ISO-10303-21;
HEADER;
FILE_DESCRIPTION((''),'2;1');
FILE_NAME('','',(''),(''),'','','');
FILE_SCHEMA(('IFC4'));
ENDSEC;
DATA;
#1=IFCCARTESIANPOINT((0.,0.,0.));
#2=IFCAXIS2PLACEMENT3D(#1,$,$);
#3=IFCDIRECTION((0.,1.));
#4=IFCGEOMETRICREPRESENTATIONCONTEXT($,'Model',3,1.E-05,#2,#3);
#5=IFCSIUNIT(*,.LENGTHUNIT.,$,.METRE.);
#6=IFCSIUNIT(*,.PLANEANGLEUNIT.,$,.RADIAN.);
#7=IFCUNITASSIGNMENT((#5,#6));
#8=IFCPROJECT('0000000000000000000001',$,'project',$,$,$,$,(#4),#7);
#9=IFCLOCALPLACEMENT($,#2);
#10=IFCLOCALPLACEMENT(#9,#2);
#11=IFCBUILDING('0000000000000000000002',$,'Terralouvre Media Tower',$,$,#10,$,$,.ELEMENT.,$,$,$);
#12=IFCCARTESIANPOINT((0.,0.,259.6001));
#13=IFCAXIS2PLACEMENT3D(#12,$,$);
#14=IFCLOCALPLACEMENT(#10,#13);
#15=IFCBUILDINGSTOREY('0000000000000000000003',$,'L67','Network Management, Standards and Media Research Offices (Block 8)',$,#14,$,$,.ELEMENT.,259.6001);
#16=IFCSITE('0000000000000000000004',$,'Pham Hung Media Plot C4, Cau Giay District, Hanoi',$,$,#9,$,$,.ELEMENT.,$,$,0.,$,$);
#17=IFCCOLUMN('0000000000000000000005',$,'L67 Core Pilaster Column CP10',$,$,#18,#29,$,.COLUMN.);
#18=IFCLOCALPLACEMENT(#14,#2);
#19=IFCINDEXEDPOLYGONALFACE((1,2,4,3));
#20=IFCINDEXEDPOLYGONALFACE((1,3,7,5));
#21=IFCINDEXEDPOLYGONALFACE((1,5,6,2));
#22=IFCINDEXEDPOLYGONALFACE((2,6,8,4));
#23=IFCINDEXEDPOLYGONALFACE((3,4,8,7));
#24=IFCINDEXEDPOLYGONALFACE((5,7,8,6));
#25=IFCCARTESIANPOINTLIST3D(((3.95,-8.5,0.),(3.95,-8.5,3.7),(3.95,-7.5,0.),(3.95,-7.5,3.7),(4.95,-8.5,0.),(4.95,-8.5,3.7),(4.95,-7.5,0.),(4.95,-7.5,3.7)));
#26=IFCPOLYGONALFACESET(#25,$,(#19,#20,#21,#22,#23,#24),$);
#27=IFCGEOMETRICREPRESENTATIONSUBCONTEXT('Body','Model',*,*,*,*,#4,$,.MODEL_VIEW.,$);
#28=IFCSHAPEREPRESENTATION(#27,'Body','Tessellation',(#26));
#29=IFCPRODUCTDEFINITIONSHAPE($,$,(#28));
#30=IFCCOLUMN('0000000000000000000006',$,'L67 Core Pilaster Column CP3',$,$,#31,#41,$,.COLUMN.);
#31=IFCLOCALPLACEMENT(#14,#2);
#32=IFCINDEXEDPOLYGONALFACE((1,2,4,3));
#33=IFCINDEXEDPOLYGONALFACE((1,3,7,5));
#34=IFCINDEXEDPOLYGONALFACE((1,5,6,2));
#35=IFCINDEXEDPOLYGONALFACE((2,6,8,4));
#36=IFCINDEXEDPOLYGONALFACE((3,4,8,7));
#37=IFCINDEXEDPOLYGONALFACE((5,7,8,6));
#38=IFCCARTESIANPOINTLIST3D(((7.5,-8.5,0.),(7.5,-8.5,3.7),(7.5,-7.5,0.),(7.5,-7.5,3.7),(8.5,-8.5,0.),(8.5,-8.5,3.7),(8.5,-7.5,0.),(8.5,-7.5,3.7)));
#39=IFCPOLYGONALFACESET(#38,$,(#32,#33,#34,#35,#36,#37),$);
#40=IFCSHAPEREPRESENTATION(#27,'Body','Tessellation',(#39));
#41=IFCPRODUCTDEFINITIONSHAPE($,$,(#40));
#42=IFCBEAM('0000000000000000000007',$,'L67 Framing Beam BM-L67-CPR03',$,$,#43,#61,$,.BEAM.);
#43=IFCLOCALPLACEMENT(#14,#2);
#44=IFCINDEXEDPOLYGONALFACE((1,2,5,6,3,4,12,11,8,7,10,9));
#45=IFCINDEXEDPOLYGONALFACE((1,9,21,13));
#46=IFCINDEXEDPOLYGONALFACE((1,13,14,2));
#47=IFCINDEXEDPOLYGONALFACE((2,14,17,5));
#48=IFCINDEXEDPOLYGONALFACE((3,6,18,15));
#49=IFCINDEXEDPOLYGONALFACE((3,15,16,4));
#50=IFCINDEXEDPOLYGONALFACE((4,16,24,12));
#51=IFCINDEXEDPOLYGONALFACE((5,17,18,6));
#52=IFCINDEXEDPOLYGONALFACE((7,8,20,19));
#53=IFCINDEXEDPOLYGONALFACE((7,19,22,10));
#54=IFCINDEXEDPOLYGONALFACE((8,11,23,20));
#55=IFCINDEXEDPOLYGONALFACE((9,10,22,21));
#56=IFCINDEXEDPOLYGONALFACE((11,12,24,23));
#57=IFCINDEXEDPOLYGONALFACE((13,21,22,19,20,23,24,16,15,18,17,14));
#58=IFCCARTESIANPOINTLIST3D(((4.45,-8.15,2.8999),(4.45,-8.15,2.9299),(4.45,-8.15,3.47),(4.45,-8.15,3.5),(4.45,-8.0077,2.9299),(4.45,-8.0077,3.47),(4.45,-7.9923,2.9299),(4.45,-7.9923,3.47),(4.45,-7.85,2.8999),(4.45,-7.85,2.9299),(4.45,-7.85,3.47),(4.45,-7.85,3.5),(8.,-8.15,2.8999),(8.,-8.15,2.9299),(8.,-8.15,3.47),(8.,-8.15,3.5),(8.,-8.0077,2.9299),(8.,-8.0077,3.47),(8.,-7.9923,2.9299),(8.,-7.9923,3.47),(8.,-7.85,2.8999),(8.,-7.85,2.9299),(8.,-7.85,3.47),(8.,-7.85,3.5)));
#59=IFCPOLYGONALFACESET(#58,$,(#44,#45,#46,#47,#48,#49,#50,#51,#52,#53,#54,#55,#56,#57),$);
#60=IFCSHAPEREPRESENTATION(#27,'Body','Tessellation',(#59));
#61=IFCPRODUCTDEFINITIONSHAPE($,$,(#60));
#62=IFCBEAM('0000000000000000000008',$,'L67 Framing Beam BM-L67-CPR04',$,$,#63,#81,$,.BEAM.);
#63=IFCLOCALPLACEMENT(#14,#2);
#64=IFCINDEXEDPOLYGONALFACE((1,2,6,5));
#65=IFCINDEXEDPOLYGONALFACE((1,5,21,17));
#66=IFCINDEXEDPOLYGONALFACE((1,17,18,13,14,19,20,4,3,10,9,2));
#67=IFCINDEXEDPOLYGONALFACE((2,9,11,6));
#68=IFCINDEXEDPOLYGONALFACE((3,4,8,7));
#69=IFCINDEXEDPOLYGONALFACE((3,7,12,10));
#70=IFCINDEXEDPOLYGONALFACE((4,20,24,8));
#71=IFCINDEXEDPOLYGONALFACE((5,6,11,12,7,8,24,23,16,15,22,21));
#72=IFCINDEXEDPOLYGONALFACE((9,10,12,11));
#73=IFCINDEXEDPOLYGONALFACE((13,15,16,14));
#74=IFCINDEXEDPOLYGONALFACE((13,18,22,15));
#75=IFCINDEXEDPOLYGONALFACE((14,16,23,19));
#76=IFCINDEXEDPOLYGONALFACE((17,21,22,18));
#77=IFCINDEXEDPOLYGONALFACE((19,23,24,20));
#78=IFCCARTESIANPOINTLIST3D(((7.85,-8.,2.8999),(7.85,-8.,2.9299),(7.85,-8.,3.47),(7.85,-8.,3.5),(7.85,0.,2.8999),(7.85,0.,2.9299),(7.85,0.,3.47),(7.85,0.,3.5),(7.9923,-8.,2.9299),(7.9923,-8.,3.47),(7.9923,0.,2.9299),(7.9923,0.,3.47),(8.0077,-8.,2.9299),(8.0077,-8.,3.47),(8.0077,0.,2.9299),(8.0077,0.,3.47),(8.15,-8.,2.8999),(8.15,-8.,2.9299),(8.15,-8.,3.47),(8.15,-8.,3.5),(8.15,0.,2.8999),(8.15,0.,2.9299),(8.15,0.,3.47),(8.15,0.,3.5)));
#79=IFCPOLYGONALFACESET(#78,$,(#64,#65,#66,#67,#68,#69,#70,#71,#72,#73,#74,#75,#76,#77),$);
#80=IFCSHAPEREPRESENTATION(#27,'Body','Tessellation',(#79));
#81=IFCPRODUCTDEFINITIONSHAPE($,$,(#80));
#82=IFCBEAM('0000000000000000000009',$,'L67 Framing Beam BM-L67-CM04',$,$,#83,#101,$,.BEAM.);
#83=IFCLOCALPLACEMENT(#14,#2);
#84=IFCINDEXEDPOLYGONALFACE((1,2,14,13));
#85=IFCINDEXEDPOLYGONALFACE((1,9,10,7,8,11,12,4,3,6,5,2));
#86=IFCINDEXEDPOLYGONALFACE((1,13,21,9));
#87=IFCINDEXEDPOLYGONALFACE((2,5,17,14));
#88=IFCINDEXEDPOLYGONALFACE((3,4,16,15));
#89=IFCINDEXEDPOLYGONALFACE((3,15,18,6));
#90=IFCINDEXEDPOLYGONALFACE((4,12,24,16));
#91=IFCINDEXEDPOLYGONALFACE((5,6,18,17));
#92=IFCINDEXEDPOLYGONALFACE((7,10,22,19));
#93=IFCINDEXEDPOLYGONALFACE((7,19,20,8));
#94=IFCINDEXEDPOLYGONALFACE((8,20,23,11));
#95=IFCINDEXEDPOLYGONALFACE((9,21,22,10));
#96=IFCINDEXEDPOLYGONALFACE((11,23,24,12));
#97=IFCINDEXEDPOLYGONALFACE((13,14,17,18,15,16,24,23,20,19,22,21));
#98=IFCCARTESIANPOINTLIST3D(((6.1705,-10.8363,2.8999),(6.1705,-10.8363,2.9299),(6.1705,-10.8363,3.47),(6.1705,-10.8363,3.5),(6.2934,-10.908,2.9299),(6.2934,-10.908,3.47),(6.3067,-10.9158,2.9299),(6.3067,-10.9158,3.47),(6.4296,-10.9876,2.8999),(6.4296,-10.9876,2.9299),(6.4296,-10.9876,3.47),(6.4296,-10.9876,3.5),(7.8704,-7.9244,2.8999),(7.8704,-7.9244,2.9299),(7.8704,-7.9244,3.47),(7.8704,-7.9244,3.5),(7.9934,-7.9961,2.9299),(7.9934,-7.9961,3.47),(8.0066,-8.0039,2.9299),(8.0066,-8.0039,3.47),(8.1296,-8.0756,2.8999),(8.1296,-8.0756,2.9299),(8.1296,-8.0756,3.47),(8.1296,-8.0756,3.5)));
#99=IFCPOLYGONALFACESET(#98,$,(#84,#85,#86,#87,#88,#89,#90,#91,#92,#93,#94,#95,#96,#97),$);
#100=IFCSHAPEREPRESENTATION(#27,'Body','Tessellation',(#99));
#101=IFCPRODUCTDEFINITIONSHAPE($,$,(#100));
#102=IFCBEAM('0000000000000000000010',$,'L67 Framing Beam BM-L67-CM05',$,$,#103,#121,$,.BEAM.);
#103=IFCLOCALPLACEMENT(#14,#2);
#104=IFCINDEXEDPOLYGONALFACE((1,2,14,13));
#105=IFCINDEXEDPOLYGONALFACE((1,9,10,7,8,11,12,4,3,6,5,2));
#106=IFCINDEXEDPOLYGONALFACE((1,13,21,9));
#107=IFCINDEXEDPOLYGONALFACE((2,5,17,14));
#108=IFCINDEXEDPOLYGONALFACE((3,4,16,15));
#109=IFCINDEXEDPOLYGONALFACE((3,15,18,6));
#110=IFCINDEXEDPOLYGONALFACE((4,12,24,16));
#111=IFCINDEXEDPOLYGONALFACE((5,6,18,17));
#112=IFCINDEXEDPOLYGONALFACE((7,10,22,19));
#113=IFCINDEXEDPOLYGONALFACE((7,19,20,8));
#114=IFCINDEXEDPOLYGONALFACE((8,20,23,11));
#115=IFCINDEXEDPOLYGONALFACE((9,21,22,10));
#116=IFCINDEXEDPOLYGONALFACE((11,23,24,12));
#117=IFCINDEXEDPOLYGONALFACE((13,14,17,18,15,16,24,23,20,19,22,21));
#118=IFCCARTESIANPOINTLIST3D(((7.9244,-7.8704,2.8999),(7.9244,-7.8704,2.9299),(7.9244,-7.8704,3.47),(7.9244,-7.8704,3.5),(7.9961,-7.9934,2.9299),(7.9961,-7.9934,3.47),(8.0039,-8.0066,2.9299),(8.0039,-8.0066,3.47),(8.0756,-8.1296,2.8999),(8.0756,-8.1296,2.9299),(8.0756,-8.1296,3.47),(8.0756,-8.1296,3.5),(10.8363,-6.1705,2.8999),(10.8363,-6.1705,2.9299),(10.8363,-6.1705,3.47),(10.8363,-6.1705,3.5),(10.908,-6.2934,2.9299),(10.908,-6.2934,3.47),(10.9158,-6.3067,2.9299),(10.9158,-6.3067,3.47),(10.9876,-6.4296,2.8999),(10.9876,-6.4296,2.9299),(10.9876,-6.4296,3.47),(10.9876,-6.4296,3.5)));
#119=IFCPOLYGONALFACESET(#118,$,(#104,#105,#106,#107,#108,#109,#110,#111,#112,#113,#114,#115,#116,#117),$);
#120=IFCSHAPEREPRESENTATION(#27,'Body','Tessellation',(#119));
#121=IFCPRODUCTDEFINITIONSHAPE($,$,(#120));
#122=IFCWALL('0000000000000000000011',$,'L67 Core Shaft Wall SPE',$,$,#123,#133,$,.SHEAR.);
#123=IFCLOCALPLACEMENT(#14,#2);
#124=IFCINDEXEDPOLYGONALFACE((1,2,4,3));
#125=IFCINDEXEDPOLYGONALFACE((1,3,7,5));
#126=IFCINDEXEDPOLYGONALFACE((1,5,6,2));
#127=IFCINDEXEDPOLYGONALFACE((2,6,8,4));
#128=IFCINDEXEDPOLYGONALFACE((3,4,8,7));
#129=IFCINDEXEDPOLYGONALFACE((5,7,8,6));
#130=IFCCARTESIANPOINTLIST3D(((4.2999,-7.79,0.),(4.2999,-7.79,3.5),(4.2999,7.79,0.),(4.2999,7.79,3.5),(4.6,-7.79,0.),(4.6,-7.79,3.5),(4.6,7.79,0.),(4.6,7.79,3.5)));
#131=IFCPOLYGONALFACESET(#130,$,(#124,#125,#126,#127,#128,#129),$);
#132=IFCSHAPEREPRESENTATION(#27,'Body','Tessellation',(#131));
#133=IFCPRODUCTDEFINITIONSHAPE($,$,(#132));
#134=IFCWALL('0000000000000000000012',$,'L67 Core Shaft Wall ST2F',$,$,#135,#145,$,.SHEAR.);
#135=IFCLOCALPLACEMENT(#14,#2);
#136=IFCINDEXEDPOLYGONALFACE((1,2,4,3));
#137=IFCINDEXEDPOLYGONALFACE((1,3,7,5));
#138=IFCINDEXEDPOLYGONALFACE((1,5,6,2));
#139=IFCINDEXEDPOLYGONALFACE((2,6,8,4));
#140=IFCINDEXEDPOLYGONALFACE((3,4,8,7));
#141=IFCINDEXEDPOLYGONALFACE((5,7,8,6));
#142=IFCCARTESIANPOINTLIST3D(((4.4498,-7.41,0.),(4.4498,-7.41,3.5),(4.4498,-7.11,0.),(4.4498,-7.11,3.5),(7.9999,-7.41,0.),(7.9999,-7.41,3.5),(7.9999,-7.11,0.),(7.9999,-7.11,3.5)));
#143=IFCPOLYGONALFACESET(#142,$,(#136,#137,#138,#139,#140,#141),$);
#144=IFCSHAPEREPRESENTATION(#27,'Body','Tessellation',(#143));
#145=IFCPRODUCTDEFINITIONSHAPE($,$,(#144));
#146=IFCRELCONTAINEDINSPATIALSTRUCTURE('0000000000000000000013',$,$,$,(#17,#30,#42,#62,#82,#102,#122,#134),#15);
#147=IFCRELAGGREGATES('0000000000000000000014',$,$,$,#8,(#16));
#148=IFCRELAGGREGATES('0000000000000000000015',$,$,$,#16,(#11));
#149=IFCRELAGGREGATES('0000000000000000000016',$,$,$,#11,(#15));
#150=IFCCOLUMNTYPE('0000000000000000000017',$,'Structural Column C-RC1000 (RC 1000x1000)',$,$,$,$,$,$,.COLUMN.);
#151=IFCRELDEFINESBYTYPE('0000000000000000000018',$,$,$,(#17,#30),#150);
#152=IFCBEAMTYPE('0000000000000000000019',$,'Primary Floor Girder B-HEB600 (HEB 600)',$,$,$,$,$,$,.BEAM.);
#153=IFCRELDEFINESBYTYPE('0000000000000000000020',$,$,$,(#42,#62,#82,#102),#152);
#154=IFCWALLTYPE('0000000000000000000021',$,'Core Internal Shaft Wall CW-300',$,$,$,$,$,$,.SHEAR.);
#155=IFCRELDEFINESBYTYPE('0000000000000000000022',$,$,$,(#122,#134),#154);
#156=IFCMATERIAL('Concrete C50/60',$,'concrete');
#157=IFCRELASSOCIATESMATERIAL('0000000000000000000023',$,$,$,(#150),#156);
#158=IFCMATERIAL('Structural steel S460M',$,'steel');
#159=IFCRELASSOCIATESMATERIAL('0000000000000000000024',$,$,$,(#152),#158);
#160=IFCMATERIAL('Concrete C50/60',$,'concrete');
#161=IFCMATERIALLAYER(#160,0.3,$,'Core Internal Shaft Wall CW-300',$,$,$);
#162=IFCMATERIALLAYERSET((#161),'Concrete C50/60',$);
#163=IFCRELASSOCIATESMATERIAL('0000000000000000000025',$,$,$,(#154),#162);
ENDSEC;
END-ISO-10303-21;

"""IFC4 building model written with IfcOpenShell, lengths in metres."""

from ifc_helpers import new_model, si_unit, direction, frame, frame_2d, origin, origin_2d, place, context, subcontext, project, spatial, rectangle, i_section, extrude, material, layer, layer_set, material_profile, profile_set, type_object, element, save


model = new_model("IFC4")

# Units and contexts
model_context = context("Model", 3, precision=1e-05, world=origin(), true_north=direction((0.0, 1.0)))
body_context = subcontext(model_context, "Body", "Model", "MODEL_VIEW")
ifc_project = project(units=[si_unit("LENGTHUNIT", "METRE"), si_unit("PLANEANGLEUNIT", "RADIAN")], contexts=[model_context])

# Site, building, storey
site_placement = place(None, origin())
site = spatial("IfcSite", under=ifc_project, at=site_placement, Name="Pham Hung Media Plot C4, Cau Giay District, Hanoi", CompositionType="ELEMENT", RefElevation=0.0)
building_placement = place(site_placement, origin())
building = spatial("IfcBuilding", under=site, at=building_placement, Name="Terralouvre Media Tower", CompositionType="ELEMENT")
storey_placement = place(building_placement, frame((0.0, 0.0, 259.6001)))
storey = spatial("IfcBuildingStorey", under=building, at=storey_placement, Name="L67", Description="Network Management, Standards and Media Research Offices (Block 8)", CompositionType="ELEMENT", Elevation=259.6001)

# Columns
ifc_material_1 = material(Name="Concrete C50/60", Category="concrete")
ifc_material_profile_1 = material_profile(ifc_material_1, rectangle(XDim=1.0, YDim=1.0, at=origin_2d()), Name="RC 1000x1000")
ifc_profile_set_1 = profile_set([ifc_material_profile_1], Name="Concrete C50/60")
column_type = type_object("IfcColumnType", Name="Structural Column C-RC1000 (RC 1000x1000)", PredefinedType="COLUMN", material=ifc_profile_set_1)
for number, where, z_axis, x_axis, name in (
    (1, (4.45, -8.0, 0.0), (0.0, 0.0, 1.0), (1.0, 0.0, 0.0), "L67 Core Pilaster Column CP10"),
    (2, (8.0, -8.0, 0.0), (0.0, 0.0, 1.0), (1.0, 0.0, 0.0), "L67 Core Pilaster Column CP3"),
):
    element("IfcColumn", number, at=place(storey_placement, frame(where, z_axis=z_axis, x_axis=x_axis)), inside=storey, type_object=column_type, Name=name, PredefinedType="COLUMN", context=body_context, shape_type="SweptSolid", body=[
        extrude(rectangle(XDim=1.0, YDim=1.0, at=origin_2d()), origin(), (0.0, 0.0, 1.0), 3.7),
    ])

# Beams
ifc_material_2 = material(Name="Structural steel S460M", Category="steel")
ifc_material_profile_2 = material_profile(ifc_material_2, i_section(OverallWidth=0.3, OverallDepth=0.6001, WebThickness=0.0154, FlangeThickness=0.03, at=origin_2d()), Name="HEB 600")
ifc_profile_set_2 = profile_set([ifc_material_profile_2], Name="Structural steel S460M")
beam_type = type_object("IfcBeamType", Name="Primary Floor Girder B-HEB600 (HEB 600)", PredefinedType="BEAM", material=ifc_profile_set_2)
beam_1_placement = place(storey_placement, frame((4.45, -8.0, 3.2), z_axis=(1.0, 0.0, 0.0), x_axis=(0.0, 1.0, 0.0)))
element("IfcBeam", 3, at=beam_1_placement, inside=storey, type_object=beam_type, Name="L67 Framing Beam BM-L67-CPR03", PredefinedType="BEAM", context=body_context, shape_type="SweptSolid", body=[
    extrude(i_section(OverallWidth=0.3, OverallDepth=0.6001, WebThickness=0.0154, FlangeThickness=0.03, at=origin_2d()), origin(), (0.0, 0.0, 1.0), 3.55),
])
beam_2_placement = place(storey_placement, frame((8.0, -8.0, 3.2), z_axis=(0.0, 1.0, 0.0), x_axis=(-1.0, 0.0, 0.0)))
element("IfcBeam", 4, at=beam_2_placement, inside=storey, type_object=beam_type, Name="L67 Framing Beam BM-L67-CPR04", PredefinedType="BEAM", context=body_context, shape_type="SweptSolid", body=[
    extrude(i_section(OverallWidth=0.3, OverallDepth=0.6001, WebThickness=0.0154, FlangeThickness=0.03, at=origin_2d()), origin(), (0.0, 0.0, 1.0), 8.0),
])
for number, where, z_axis, x_axis, name in (
    (5, (8.0, -8.0, 3.2), (-0.504173, -0.863603, 0.0), (0.863603, -0.504173, 0.0), "L67 Framing Beam BM-L67-CM04"),
    (6, (8.0, -8.0, 3.2), (0.863603, 0.504173, 0.0), (-0.504173, 0.863603, 0.0), "L67 Framing Beam BM-L67-CM05"),
):
    element("IfcBeam", number, at=place(storey_placement, frame(where, z_axis=z_axis, x_axis=x_axis)), inside=storey, type_object=beam_type, Name=name, PredefinedType="BEAM", context=body_context, shape_type="SweptSolid", body=[
        extrude(i_section(OverallWidth=0.3, OverallDepth=0.6001, WebThickness=0.0154, FlangeThickness=0.03, at=origin_2d()), origin(), (0.0, 0.0, 1.0), 3.3718),
    ])

# Wall
ifc_material_3 = material(Name="Concrete C50/60", Category="concrete")
ifc_layer_1 = layer(ifc_material_3, 0.3, Name="Core Internal Shaft Wall CW-300")
ifc_layer_set_1 = layer_set([ifc_layer_1], Name="Concrete C50/60")
wall_type = type_object("IfcWallType", Name="Core Internal Shaft Wall CW-300", PredefinedType="SHEAR", material=ifc_layer_set_1)
wall_1_placement = place(storey_placement, frame((4.45, -7.79, 0.0), z_axis=(0.0, 0.0, 1.0), x_axis=(0.0, 1.0, 0.0)))
element("IfcWall", 7, at=wall_1_placement, inside=storey, type_object=wall_type, Name="L67 Core Shaft Wall SPE", PredefinedType="SHEAR", context=body_context, shape_type="SweptSolid", body=[
    extrude(rectangle(XDim=15.5801, YDim=0.3, at=frame_2d((7.79, 0.0))), origin(), (0.0, 0.0, 1.0), 3.5),
])

# Wall
wall_2_placement = place(storey_placement, frame((4.45, -7.26, 0.0), z_axis=(0.0, 0.0, 1.0), x_axis=(1.0, 0.0, 0.0)))
element("IfcWall", 8, at=wall_2_placement, inside=storey, type_object=wall_type, Name="L67 Core Shaft Wall ST2F", PredefinedType="SHEAR", context=body_context, shape_type="SweptSolid", body=[
    extrude(rectangle(XDim=3.55, YDim=0.3, at=frame_2d((1.7749, 0.0))), origin(), (0.0, 0.0, 1.0), 3.5),
])

save(model, "model.ifc")
